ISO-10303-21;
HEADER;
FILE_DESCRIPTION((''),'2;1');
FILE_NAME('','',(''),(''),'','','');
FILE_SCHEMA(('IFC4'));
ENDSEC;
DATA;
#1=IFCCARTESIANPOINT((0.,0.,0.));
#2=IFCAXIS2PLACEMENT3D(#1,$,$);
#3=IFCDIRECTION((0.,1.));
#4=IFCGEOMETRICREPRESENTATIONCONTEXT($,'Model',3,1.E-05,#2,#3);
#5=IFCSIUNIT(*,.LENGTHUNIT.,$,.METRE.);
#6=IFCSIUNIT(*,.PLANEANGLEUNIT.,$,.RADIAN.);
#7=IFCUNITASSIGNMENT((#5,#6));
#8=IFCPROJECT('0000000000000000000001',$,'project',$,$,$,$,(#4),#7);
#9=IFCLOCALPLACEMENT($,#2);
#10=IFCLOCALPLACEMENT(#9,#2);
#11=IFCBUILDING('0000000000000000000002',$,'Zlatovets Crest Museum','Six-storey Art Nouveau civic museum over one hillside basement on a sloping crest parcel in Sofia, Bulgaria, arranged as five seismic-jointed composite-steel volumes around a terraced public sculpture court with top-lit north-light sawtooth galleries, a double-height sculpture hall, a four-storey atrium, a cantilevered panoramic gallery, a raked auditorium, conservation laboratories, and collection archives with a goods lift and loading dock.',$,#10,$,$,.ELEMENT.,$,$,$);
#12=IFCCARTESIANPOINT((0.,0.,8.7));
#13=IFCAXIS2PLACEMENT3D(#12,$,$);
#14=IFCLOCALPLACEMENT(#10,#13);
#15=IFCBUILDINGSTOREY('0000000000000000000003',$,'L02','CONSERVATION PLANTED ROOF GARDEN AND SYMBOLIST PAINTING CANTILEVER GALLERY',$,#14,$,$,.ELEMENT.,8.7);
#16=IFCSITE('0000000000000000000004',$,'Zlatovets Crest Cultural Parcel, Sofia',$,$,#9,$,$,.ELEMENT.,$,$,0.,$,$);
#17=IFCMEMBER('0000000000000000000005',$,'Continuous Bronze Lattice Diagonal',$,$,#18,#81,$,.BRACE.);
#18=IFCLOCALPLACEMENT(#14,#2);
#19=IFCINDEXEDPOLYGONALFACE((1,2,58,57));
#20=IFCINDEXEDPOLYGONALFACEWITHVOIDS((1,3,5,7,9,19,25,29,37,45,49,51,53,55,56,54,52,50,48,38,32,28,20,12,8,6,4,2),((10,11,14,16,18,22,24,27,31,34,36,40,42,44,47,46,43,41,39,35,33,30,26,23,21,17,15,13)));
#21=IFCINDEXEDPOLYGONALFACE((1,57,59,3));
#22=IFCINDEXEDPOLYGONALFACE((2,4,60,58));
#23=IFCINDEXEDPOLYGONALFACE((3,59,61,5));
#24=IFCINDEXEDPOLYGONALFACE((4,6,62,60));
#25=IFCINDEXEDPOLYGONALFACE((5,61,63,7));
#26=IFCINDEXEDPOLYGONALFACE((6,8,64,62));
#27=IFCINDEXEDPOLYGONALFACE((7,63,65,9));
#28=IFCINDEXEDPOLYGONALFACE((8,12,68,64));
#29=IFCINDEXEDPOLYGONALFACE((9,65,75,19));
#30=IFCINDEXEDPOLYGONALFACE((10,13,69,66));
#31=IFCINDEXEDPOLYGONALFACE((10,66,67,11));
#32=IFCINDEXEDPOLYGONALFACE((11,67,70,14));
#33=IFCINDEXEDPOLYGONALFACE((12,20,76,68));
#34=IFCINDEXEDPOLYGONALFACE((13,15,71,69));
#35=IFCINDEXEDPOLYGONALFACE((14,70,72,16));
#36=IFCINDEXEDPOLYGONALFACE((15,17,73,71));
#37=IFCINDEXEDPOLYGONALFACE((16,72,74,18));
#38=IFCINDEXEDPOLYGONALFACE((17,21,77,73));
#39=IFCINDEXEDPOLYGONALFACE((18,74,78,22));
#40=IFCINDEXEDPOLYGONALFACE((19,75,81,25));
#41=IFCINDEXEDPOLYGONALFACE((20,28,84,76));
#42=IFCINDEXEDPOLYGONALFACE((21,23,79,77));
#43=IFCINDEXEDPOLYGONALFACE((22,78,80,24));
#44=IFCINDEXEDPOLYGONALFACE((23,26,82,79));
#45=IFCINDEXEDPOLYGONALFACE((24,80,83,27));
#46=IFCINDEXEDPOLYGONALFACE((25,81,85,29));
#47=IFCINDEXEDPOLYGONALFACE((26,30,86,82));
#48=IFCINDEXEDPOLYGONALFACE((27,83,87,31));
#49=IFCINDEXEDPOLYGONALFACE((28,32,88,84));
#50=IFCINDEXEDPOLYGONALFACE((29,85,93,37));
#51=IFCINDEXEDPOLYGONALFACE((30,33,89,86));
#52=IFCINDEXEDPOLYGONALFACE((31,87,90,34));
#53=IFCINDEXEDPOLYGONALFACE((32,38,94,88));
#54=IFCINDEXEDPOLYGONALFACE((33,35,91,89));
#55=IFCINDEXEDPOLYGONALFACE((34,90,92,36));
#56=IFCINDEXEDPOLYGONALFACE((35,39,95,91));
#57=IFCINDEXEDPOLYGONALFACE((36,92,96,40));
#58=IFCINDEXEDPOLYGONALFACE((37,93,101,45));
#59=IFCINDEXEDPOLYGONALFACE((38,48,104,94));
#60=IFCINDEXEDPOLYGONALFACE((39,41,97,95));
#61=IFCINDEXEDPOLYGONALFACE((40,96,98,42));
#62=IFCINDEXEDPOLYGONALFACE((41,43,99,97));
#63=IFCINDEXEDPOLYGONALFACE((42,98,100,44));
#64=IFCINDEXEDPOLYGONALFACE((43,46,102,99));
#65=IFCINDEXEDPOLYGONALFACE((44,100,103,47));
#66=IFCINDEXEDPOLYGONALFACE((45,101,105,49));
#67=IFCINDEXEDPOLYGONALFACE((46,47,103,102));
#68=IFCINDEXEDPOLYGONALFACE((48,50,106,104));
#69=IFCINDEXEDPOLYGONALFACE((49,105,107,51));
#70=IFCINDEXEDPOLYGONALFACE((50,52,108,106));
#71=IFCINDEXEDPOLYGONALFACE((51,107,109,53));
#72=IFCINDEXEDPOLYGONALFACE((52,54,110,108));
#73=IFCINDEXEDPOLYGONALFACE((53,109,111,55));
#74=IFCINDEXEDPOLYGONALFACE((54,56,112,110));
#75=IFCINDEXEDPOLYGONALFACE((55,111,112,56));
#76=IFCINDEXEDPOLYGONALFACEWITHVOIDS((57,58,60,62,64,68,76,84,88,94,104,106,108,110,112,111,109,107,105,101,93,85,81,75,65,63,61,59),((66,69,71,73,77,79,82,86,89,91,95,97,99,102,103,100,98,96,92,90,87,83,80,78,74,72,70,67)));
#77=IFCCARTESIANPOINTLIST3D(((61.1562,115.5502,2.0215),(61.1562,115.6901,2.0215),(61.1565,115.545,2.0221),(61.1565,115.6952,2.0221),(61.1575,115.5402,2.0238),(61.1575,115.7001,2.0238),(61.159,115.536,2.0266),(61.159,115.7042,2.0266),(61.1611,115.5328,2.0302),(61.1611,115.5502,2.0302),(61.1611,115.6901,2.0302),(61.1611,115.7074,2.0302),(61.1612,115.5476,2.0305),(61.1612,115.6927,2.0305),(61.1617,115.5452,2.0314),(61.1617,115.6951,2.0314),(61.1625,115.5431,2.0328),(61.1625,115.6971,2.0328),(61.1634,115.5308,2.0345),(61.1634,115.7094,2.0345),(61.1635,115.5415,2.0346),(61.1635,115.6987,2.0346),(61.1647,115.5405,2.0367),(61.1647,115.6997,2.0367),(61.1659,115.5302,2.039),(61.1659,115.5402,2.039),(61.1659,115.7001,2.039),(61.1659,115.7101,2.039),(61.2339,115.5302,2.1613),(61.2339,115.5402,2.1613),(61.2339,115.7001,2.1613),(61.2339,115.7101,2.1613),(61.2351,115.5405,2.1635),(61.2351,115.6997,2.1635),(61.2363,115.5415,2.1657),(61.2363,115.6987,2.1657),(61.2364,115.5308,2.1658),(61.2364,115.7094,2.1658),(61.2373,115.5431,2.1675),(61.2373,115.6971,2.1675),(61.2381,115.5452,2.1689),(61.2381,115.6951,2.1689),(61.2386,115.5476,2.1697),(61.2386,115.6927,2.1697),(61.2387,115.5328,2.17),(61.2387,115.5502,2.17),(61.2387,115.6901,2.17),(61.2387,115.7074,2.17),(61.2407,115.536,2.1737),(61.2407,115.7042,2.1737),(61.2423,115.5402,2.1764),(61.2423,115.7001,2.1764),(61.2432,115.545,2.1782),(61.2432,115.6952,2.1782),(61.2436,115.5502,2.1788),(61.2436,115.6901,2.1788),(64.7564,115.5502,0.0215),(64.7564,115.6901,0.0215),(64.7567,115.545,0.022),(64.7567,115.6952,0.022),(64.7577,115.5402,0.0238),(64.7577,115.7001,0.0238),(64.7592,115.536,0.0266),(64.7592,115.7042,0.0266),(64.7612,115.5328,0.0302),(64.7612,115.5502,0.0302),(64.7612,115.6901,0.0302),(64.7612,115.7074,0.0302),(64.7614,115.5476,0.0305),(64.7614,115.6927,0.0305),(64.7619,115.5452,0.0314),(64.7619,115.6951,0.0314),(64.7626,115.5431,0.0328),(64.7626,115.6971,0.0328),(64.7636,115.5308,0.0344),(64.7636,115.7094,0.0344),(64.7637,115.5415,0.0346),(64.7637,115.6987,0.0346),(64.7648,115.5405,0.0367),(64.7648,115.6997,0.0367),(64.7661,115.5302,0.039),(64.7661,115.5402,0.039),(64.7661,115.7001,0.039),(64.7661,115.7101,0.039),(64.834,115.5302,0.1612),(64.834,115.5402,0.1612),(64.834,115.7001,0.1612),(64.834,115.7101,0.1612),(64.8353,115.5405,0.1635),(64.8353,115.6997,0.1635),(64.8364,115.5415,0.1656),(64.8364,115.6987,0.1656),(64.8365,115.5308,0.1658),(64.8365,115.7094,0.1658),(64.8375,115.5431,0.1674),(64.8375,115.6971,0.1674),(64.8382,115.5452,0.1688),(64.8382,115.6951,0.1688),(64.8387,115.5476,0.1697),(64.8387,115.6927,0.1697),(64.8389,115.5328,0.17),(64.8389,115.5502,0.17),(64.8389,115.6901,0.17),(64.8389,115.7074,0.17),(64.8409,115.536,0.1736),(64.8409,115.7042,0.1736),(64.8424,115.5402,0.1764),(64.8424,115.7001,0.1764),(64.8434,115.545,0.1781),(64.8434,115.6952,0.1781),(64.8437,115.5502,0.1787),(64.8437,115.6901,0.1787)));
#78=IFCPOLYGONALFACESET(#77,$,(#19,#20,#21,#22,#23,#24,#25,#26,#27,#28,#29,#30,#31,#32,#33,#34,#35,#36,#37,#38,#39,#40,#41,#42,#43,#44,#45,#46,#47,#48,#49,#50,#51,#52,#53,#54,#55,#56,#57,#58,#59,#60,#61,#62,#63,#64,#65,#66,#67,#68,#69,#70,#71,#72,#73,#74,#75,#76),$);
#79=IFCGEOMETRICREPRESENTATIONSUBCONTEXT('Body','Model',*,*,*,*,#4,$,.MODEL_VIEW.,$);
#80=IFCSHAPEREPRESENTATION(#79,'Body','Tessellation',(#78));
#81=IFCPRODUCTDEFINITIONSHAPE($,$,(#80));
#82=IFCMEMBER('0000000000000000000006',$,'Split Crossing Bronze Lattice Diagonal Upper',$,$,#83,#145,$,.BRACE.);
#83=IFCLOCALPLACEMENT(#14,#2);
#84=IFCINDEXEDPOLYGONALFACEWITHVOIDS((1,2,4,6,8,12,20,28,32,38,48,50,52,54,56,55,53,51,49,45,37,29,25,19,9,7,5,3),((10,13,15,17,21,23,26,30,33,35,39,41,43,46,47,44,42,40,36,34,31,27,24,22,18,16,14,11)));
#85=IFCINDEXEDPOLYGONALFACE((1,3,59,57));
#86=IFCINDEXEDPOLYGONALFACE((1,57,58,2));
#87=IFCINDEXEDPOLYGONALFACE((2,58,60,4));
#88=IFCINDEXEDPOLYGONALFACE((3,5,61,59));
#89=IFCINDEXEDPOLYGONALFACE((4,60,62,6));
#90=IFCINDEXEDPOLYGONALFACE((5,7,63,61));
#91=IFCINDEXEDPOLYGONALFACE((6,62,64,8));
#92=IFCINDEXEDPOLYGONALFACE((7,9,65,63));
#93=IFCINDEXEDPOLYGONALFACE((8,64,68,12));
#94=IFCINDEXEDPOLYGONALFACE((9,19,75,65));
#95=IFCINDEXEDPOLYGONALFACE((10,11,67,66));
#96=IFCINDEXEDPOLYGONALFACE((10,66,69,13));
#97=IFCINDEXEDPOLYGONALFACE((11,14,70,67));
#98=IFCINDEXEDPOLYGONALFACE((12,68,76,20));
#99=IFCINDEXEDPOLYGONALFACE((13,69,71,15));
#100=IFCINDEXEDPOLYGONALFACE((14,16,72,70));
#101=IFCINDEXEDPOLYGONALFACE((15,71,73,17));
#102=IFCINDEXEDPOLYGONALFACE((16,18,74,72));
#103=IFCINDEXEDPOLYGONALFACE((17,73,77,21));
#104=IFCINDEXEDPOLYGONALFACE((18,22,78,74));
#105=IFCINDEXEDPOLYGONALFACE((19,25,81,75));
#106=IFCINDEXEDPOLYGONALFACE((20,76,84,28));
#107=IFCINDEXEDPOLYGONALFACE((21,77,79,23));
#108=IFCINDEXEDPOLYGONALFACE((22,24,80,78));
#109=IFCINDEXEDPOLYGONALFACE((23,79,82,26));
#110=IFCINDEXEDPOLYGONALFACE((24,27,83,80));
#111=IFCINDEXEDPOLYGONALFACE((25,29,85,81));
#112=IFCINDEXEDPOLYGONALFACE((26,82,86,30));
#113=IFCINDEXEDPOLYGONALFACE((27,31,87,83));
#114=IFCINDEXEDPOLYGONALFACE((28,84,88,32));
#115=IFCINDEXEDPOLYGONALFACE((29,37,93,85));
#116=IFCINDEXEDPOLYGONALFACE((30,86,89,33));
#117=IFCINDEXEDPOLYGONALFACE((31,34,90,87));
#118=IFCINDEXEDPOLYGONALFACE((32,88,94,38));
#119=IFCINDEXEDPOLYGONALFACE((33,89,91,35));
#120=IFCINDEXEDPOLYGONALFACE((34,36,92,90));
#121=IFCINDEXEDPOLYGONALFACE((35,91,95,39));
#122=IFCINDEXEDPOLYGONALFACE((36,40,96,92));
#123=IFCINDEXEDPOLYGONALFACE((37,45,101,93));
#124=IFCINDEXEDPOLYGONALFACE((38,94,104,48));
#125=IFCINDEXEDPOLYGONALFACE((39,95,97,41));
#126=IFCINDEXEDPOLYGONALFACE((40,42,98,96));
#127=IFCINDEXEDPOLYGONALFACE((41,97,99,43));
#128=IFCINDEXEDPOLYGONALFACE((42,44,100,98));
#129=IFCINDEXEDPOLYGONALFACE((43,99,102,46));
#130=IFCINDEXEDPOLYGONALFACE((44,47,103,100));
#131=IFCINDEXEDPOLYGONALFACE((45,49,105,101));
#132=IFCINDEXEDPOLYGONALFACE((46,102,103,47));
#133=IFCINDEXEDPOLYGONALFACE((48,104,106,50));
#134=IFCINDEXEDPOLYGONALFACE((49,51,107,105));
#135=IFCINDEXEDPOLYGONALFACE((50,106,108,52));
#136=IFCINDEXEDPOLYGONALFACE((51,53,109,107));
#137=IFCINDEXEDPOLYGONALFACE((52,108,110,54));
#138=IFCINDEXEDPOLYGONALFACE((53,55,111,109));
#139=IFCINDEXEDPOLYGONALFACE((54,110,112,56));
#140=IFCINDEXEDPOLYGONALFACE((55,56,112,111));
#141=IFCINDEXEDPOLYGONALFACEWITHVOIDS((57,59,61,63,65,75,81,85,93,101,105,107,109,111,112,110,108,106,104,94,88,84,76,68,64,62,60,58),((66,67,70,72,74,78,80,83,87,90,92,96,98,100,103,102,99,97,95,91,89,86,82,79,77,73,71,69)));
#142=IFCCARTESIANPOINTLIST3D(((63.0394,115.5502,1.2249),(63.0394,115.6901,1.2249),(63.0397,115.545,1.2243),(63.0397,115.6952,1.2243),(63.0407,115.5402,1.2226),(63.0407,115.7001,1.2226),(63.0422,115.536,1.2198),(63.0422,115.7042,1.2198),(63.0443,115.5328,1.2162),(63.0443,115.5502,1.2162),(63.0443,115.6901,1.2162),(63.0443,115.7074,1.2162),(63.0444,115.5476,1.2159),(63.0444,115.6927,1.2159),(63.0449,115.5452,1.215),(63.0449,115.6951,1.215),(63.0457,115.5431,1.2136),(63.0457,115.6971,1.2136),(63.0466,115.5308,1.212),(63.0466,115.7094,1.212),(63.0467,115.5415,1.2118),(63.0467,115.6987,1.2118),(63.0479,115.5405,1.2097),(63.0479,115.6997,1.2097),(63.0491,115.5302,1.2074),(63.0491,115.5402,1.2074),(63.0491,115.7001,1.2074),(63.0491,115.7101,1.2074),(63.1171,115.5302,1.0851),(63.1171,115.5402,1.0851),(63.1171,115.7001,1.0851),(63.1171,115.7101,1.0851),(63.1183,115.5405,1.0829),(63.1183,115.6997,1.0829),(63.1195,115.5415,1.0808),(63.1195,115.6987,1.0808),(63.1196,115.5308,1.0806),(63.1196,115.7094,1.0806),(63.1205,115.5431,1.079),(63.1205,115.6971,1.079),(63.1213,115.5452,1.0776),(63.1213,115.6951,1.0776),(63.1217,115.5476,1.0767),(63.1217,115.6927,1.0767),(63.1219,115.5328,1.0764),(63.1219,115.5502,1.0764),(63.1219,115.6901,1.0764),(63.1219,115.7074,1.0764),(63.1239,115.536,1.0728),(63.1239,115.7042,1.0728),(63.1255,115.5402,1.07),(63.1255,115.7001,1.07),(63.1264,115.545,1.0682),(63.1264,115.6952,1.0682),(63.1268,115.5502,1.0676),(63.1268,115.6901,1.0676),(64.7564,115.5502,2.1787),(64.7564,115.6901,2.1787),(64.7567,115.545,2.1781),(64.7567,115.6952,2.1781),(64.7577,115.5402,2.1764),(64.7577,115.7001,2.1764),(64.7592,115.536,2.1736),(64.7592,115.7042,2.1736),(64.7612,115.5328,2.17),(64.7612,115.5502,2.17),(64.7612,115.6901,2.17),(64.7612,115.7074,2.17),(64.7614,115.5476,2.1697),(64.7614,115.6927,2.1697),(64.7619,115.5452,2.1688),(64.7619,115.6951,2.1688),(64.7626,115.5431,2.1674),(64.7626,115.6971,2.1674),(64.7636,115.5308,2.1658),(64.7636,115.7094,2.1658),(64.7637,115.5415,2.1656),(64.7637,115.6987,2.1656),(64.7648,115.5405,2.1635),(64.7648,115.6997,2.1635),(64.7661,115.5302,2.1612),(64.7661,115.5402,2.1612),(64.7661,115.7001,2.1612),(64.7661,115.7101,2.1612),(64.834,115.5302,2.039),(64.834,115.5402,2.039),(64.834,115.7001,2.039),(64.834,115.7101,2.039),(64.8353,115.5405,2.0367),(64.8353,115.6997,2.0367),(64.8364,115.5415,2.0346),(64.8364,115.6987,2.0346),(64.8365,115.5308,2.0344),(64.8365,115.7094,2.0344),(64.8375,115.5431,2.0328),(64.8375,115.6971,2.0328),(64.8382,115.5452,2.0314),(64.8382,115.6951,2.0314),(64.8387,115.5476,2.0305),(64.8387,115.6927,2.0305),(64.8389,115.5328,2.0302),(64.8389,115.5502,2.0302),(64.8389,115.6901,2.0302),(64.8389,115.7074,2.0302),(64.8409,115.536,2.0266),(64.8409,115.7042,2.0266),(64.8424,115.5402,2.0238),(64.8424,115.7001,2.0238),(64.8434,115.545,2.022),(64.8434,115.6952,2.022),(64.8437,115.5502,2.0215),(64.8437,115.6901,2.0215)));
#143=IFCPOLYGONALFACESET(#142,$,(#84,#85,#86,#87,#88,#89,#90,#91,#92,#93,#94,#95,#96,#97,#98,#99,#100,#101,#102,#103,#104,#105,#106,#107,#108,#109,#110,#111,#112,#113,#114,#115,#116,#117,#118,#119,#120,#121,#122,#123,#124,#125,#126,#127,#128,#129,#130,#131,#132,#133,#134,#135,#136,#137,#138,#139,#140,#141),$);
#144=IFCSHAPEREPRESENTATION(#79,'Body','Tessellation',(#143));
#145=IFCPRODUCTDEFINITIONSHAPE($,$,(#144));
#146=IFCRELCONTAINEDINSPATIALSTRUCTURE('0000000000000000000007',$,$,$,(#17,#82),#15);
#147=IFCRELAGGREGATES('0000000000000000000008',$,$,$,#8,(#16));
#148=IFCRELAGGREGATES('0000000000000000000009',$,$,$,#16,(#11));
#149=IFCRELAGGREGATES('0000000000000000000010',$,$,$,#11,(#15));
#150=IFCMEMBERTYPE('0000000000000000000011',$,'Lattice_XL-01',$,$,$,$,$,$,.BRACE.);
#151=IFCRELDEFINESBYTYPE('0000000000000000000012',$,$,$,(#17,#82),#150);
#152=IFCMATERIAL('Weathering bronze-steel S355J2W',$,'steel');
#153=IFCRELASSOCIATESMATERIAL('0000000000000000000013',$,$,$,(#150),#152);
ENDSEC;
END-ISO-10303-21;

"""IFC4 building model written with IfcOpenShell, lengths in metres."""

from ifc_helpers import new_model, si_unit, direction, frame, origin, origin_2d, place, context, subcontext, project, spatial, hollow_rectangle, extrude, material, material_profile, profile_set, type_object, element, save


model = new_model("IFC4")

# Units and contexts
model_context = context("Model", 3, precision=1e-05, world=origin(), true_north=direction((0.0, 1.0)))
body_context = subcontext(model_context, "Body", "Model", "MODEL_VIEW")
ifc_project = project(units=[si_unit("LENGTHUNIT", "METRE"), si_unit("PLANEANGLEUNIT", "RADIAN")], contexts=[model_context])

# Site, building, storey
site_placement = place(None, origin())
site = spatial("IfcSite", under=ifc_project, at=site_placement, Name="Zlatovets Crest Cultural Parcel, Sofia", CompositionType="ELEMENT", RefElevation=0.0)
building_placement = place(site_placement, origin())
building = spatial("IfcBuilding", under=site, at=building_placement, Name="Zlatovets Crest Museum", Description="Six-storey Art Nouveau civic museum over one hillside basement on a sloping crest parcel in Sofia, Bulgaria, arranged as five seismic-jointed composite-steel volumes around a terraced public sculpture court with top-lit north-light sawtooth galleries, a double-height sculpture hall, a four-storey atrium, a cantilevered panoramic gallery, a raked auditorium, conservation laboratories, and collection archives with a goods lift and loading dock.", CompositionType="ELEMENT")
storey_placement = place(building_placement, frame((0.0, 0.0, 8.7)))
storey = spatial("IfcBuildingStorey", under=building, at=storey_placement, Name="L02", Description="CONSERVATION PLANTED ROOF GARDEN AND SYMBOLIST PAINTING CANTILEVER GALLERY", CompositionType="ELEMENT", Elevation=8.7)

# Members
ifc_material_1 = material(Name="Weathering bronze-steel S355J2W", Category="steel")
ifc_material_profile_1 = material_profile(ifc_material_1, hollow_rectangle(XDim=0.1799, YDim=0.1799, WallThickness=0.01, InnerFilletRadius=0.01, OuterFilletRadius=0.02, at=origin_2d()), Name="SHS 180x180x10.0")
ifc_profile_set_1 = profile_set([ifc_material_profile_1], Name="Weathering bronze-steel S355J2W")
member_type_1 = type_object("IfcMemberType", Name="Lattice_XL-01", PredefinedType="BRACE", material=ifc_profile_set_1)
member_1_placement = place(storey_placement, frame((64.8, 115.6201, 0.1001), z_axis=(-0.874163, 0.0, 0.485633), x_axis=(0.0, -1.0, 0.0)))
element("IfcMember", 1, at=member_1_placement, inside=storey, type_object=member_type_1, Name="Continuous Bronze Lattice Diagonal", PredefinedType="BRACE", context=body_context, shape_type="SweptSolid", body=[
    extrude(hollow_rectangle(XDim=0.1799, YDim=0.1799, WallThickness=0.01, InnerFilletRadius=0.01, OuterFilletRadius=0.02, at=origin_2d()), origin(), (0.0, 0.0, 1.0), 4.1184),
])
member_2_placement = place(storey_placement, frame((64.8, 115.6201, 2.1001), z_axis=(-0.874169, 0.0, -0.485622), x_axis=(0.0, -1.0, 0.0)))
element("IfcMember", 2, at=member_2_placement, inside=storey, type_object=member_type_1, Name="Split Crossing Bronze Lattice Diagonal Upper", PredefinedType="BRACE", context=body_context, shape_type="SweptSolid", body=[
    extrude(hollow_rectangle(XDim=0.1799, YDim=0.1799, WallThickness=0.01, InnerFilletRadius=0.01, OuterFilletRadius=0.02, at=origin_2d()), origin(), (0.0, 0.0, 1.0), 1.9641),
])

save(model, "model.ifc")
